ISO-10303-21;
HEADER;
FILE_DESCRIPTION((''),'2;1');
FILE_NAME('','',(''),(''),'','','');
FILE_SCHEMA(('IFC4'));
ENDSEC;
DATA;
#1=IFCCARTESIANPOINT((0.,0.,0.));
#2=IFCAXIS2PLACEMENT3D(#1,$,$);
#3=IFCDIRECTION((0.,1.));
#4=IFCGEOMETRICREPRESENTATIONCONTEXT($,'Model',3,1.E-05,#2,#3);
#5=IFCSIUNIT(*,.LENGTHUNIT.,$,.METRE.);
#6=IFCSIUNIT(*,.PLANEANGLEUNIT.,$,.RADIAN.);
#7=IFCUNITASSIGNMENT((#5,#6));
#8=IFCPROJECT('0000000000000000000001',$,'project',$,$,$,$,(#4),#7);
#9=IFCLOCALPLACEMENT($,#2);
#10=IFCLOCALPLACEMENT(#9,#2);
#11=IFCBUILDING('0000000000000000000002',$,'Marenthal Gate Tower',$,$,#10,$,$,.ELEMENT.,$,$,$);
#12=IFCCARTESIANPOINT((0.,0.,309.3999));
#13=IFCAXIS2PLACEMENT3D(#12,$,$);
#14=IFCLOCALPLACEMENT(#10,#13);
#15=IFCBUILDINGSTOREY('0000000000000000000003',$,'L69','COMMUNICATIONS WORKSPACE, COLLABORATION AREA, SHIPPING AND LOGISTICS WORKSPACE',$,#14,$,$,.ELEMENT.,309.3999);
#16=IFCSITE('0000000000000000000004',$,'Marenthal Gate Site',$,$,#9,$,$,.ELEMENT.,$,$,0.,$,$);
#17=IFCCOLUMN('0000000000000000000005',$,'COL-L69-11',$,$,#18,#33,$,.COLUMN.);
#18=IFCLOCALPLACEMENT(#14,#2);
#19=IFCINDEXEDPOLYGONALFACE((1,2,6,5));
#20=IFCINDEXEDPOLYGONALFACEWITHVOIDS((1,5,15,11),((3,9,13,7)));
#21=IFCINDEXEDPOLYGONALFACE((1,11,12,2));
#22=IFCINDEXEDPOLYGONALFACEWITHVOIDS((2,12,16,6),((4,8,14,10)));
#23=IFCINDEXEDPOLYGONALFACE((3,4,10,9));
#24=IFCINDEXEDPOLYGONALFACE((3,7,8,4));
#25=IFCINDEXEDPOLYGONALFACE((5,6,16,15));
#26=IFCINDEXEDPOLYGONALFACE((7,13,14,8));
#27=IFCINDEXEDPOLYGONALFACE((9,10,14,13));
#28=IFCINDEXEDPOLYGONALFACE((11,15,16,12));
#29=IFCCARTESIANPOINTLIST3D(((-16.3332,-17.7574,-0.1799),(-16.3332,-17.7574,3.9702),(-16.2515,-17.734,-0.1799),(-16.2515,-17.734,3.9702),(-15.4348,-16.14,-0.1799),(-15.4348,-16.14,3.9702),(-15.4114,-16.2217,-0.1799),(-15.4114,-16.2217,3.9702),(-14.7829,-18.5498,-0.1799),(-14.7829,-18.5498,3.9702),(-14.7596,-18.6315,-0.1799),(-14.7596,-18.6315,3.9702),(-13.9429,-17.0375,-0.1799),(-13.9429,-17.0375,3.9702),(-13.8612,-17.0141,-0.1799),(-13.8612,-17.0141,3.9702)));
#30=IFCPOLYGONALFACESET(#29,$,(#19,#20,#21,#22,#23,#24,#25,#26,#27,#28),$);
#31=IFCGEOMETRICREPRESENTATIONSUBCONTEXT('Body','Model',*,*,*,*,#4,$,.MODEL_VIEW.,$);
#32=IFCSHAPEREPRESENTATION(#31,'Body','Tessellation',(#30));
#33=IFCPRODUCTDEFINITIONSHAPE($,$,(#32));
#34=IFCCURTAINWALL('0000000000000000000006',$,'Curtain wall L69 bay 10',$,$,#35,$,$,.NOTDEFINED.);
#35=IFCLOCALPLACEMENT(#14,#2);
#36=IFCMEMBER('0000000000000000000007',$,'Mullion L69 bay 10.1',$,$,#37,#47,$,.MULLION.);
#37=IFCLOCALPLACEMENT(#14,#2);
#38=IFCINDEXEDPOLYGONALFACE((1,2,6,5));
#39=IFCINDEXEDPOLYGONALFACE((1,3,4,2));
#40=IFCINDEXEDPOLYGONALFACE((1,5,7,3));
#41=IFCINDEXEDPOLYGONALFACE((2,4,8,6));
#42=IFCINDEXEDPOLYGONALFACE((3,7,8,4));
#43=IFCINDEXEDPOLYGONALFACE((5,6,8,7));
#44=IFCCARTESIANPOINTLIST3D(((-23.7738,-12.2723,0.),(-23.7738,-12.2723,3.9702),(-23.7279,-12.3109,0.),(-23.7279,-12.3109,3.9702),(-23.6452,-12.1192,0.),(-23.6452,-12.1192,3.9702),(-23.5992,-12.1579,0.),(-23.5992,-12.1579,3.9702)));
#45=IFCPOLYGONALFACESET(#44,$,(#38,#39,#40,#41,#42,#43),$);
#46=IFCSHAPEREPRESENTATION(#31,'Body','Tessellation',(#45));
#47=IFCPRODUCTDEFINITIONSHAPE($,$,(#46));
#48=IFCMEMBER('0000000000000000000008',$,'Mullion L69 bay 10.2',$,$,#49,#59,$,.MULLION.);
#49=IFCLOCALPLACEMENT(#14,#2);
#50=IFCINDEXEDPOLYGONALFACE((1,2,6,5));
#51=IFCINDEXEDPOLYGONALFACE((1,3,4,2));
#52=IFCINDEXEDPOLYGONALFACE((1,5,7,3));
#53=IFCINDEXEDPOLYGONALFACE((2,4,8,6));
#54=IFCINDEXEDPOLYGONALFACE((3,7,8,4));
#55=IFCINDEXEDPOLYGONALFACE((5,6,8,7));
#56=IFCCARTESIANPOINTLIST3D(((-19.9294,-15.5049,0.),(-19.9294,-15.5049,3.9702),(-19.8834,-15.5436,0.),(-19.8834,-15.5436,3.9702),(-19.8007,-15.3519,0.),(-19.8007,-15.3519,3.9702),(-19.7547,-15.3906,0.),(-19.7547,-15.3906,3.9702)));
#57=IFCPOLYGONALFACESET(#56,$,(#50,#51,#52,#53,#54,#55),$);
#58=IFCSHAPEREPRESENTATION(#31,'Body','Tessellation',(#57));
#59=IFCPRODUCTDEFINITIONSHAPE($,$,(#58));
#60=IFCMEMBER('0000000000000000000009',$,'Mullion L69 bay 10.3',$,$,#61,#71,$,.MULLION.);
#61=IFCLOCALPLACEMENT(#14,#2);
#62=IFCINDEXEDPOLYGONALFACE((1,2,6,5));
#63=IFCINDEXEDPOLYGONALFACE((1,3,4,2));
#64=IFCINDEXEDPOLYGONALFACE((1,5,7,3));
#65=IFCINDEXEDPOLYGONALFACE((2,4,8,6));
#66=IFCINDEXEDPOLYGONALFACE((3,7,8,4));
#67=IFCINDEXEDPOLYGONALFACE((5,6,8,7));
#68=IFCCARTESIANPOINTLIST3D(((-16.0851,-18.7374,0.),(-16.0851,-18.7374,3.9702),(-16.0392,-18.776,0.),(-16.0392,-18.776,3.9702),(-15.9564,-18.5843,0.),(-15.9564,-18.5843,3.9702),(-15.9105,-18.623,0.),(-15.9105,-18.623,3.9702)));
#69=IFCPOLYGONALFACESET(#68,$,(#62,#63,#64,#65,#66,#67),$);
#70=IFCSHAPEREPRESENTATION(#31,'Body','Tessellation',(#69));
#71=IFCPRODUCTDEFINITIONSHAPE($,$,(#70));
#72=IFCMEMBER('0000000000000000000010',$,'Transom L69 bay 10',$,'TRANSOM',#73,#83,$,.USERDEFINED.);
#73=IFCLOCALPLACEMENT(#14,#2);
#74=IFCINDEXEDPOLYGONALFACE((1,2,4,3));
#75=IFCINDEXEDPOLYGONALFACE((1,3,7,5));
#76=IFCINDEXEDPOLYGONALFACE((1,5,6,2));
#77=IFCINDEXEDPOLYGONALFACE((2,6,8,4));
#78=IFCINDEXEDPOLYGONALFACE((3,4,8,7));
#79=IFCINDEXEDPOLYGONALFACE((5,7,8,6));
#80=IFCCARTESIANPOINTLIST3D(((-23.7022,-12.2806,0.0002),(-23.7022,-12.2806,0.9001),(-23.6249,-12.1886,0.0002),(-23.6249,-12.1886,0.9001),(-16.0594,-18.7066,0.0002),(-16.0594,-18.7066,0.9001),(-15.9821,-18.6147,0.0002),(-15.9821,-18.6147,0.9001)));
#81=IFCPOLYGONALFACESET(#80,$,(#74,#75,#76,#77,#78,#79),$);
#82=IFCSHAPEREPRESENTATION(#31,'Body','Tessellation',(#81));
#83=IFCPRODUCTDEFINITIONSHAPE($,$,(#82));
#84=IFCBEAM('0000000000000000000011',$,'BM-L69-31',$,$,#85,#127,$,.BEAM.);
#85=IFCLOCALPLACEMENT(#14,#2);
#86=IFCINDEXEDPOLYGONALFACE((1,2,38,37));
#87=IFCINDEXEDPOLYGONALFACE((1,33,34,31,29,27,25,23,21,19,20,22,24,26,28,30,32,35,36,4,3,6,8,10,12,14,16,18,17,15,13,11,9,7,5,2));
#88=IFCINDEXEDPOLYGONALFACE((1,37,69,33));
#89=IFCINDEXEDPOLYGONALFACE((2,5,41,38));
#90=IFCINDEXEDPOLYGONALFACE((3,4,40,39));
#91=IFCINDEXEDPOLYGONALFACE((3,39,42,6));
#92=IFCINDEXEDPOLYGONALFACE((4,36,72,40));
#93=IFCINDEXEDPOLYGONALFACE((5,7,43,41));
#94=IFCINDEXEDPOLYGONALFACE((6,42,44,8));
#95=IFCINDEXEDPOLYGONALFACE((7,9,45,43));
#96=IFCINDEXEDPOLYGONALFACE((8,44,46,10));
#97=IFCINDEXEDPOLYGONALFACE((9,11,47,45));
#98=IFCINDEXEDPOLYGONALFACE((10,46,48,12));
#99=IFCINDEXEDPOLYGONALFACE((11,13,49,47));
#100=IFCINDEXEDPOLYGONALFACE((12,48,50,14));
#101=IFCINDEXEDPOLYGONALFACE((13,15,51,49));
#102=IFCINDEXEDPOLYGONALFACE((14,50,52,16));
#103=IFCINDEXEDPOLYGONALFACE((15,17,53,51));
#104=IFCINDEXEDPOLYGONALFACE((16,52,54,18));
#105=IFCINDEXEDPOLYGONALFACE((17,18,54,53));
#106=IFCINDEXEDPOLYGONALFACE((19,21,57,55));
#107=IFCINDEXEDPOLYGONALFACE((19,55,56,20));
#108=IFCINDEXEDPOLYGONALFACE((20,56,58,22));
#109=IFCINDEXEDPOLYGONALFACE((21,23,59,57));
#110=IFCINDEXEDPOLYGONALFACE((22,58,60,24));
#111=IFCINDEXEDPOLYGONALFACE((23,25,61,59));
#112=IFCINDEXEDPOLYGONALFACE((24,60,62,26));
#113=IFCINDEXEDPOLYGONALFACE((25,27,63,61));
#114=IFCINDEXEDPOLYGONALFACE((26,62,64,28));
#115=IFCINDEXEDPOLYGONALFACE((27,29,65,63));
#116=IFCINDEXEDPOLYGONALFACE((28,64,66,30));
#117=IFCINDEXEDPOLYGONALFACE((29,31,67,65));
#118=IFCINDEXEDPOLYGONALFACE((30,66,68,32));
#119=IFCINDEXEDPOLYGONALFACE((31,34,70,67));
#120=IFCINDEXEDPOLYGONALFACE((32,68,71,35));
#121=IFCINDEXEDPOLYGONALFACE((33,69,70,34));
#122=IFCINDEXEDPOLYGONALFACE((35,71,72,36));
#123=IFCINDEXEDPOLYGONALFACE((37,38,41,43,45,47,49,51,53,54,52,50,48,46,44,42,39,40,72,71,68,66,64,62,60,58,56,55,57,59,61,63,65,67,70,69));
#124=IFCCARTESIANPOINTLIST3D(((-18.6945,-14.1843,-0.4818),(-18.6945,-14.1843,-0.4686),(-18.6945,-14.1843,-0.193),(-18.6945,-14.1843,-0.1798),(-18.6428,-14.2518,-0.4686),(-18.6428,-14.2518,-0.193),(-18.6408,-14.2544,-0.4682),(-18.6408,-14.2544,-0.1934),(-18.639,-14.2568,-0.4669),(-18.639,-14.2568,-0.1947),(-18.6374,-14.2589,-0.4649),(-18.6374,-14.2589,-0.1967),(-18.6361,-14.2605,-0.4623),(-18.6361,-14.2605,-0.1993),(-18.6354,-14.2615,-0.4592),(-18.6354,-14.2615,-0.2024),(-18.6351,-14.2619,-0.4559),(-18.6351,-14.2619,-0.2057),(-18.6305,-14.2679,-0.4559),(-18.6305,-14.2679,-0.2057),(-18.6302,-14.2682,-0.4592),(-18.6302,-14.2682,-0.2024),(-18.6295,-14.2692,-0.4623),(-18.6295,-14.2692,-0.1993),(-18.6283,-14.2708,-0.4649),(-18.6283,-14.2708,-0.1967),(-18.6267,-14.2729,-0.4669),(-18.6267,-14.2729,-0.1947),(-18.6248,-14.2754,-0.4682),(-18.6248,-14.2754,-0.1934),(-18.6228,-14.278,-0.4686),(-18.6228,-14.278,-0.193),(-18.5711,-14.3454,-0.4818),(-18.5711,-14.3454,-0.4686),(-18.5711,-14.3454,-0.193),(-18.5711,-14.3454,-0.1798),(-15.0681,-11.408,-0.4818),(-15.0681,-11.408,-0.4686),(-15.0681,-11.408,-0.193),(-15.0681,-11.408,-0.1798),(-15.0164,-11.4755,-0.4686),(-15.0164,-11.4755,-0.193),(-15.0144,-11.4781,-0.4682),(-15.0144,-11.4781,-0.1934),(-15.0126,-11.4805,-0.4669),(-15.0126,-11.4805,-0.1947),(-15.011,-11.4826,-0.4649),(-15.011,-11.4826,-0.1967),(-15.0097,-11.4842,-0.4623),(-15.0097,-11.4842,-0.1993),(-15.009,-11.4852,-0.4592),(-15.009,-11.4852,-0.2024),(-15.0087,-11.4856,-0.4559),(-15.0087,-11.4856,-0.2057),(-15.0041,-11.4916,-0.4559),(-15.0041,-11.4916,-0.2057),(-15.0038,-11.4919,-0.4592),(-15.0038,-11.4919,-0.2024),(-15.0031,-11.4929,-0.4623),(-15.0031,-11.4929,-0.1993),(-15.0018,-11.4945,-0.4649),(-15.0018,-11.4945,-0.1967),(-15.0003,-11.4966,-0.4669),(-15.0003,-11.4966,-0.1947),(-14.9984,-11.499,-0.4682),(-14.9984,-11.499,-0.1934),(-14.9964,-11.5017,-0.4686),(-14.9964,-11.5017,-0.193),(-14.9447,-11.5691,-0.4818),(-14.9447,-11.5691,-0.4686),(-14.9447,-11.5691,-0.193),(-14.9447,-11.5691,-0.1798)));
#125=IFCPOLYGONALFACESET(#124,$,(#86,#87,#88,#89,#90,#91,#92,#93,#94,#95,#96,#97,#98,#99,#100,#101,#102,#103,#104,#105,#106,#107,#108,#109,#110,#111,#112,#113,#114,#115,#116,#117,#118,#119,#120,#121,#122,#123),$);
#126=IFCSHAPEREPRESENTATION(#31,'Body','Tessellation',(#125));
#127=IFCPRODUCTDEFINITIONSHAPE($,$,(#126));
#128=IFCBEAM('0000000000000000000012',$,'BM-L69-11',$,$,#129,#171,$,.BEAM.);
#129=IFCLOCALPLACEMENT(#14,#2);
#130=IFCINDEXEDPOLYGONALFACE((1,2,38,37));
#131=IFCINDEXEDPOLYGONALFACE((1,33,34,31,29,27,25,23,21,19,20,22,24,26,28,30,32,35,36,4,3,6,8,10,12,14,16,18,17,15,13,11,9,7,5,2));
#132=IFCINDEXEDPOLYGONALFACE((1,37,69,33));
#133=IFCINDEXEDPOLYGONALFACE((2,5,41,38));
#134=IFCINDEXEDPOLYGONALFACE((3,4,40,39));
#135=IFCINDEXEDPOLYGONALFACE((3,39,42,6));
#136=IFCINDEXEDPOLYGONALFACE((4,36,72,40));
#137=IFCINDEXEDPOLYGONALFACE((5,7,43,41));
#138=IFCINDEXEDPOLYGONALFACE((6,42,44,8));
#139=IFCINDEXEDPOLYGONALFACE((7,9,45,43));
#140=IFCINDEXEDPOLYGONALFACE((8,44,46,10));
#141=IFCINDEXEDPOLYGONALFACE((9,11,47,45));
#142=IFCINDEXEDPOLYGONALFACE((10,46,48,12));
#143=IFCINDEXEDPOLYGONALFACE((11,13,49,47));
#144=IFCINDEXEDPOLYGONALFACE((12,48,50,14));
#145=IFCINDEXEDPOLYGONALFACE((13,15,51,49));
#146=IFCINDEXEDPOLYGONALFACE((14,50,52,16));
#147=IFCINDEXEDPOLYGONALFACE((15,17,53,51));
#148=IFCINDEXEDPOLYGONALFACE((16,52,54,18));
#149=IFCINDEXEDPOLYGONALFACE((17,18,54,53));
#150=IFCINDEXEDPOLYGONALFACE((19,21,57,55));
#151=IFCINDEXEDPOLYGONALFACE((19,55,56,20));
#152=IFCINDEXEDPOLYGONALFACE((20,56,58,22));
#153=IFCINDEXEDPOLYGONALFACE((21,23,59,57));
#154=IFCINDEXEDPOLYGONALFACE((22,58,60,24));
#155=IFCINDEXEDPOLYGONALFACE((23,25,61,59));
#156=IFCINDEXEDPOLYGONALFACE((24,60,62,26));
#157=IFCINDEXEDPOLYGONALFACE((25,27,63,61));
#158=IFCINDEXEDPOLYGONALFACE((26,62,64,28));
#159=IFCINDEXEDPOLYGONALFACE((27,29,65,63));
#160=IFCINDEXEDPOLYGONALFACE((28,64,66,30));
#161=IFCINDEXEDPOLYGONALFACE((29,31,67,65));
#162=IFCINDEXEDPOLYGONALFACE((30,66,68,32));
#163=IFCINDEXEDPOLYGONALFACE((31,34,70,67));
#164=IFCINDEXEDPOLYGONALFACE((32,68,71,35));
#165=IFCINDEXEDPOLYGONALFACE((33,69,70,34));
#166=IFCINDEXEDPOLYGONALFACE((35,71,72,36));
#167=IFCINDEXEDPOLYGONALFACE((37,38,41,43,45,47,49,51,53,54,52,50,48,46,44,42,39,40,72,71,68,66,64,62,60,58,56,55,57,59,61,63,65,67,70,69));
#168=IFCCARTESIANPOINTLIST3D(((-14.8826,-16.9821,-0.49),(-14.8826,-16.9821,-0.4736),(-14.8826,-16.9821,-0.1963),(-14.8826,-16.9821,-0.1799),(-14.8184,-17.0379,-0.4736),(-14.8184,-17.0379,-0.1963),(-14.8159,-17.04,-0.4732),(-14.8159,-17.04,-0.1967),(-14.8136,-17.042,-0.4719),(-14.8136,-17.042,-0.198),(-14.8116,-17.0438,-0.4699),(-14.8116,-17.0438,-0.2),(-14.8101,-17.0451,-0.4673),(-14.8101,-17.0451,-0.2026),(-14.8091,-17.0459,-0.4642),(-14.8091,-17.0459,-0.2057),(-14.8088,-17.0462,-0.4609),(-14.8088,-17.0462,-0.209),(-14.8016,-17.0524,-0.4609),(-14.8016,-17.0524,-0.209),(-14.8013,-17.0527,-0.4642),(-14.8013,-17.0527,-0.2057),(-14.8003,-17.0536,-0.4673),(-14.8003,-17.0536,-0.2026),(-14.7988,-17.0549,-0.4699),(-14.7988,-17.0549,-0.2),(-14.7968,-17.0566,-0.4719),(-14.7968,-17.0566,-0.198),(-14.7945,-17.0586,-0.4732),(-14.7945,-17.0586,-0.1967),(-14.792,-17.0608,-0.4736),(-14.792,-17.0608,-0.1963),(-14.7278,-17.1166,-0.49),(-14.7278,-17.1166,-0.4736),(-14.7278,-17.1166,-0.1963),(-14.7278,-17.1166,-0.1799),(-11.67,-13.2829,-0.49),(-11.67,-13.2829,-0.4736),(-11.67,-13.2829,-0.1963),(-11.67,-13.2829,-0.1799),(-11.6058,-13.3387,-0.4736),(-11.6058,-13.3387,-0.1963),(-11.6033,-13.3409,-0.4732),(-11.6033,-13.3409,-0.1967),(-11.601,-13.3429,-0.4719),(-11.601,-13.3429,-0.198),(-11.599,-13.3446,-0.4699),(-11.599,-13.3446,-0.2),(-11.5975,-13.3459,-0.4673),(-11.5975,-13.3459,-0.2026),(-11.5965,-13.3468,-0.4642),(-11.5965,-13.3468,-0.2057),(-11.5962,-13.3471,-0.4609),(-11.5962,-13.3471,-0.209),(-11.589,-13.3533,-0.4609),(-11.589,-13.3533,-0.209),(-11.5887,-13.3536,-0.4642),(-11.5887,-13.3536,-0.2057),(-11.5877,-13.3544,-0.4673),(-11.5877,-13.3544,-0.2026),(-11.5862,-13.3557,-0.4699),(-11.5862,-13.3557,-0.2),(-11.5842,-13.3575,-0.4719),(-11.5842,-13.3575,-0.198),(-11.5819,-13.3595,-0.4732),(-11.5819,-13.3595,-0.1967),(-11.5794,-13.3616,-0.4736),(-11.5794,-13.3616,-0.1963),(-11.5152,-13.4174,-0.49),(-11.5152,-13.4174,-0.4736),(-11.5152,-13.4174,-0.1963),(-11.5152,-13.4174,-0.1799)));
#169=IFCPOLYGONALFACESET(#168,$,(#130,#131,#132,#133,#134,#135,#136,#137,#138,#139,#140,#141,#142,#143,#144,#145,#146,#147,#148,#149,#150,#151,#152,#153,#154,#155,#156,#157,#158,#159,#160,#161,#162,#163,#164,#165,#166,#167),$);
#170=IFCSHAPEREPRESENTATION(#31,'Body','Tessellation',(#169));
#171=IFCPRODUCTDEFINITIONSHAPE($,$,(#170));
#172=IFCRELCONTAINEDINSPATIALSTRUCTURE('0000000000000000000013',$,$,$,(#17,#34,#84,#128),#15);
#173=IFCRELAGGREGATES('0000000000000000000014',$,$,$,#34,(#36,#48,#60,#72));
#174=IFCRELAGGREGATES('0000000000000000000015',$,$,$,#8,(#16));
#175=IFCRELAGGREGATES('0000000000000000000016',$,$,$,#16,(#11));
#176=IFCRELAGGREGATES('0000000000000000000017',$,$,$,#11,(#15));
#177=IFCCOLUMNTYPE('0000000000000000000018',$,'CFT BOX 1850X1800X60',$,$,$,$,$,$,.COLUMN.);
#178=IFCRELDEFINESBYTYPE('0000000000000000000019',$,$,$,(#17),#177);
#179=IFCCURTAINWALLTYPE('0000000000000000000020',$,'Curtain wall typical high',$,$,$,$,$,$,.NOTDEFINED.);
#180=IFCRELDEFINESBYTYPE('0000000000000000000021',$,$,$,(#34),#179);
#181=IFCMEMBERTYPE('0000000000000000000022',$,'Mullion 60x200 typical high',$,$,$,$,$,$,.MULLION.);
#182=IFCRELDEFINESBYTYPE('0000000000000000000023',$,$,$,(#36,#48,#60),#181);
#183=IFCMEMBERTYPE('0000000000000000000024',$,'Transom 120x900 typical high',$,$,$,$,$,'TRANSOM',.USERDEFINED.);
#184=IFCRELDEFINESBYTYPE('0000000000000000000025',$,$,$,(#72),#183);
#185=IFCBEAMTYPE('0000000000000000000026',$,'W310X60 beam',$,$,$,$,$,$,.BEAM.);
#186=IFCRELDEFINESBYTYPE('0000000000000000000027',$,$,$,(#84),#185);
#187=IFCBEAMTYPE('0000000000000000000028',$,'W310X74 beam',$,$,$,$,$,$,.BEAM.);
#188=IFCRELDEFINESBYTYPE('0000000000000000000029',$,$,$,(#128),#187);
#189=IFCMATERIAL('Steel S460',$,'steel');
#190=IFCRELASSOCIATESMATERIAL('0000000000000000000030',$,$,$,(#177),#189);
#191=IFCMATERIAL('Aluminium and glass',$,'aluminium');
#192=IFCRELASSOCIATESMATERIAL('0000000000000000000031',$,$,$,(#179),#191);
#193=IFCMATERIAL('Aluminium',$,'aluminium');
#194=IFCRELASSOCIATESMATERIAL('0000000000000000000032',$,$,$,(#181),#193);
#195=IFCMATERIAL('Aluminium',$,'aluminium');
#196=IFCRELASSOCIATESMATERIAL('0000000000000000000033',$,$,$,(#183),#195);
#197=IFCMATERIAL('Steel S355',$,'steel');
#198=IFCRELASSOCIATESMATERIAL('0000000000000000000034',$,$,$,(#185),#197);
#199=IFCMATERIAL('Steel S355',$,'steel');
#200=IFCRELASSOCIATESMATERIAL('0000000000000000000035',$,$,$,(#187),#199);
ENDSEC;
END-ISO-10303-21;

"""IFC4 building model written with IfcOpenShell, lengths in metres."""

from ifc_helpers import new_model, si_unit, direction, frame, origin, origin_2d, place, context, subcontext, project, spatial, rectangle, hollow_rectangle, i_section, extrude, material, material_profile, profile_set, type_object, element, aggregate, save


model = new_model("IFC4")

# Units and contexts
model_context = context("Model", 3, precision=1e-05, world=origin(), true_north=direction((0.0, 1.0)))
body_context = subcontext(model_context, "Body", "Model", "MODEL_VIEW")
ifc_project = project(units=[si_unit("LENGTHUNIT", "METRE"), si_unit("PLANEANGLEUNIT", "RADIAN")], contexts=[model_context])

# Site, building, storey
site_placement = place(None, origin())
site = spatial("IfcSite", under=ifc_project, at=site_placement, Name="Marenthal Gate Site", CompositionType="ELEMENT", RefElevation=0.0)
building_placement = place(site_placement, origin())
building = spatial("IfcBuilding", under=site, at=building_placement, Name="Marenthal Gate Tower", CompositionType="ELEMENT")
storey_placement = place(building_placement, frame((0.0, 0.0, 309.3999)))
storey = spatial("IfcBuildingStorey", under=building, at=storey_placement, Name="L69", Description="COMMUNICATIONS WORKSPACE, COLLABORATION AREA, SHIPPING AND LOGISTICS WORKSPACE", CompositionType="ELEMENT", Elevation=309.3999)

# Column
ifc_material_1 = material(Name="Steel S460", Category="steel")
ifc_material_profile_1 = material_profile(ifc_material_1, hollow_rectangle(XDim=1.8, YDim=1.8501, WallThickness=0.0601, at=origin_2d()), Name="CFT BOX 1850X1800X60")
ifc_material_2 = material(Name="Concrete 70 MPa", Category="concrete")
ifc_material_profile_2 = material_profile(ifc_material_2, rectangle(XDim=1.6799, YDim=1.73, at=origin_2d()), Name="CFT BOX 1850X1800X60 INFILL")
ifc_profile_set_1 = profile_set([ifc_material_profile_1, ifc_material_profile_2], Name="Steel S460 shell, Concrete 70 MPa infill")
column_type = type_object("IfcColumnType", Name="CFT BOX 1850X1800X60", PredefinedType="COLUMN", material=ifc_profile_set_1)
column_placement = place(storey_placement, frame((-15.0972, -17.3857, -0.1799), z_axis=(0.0, 0.0, 1.0), x_axis=(-0.874186, 0.485591, 0.0)))
element("IfcColumn", 1, at=column_placement, inside=storey, type_object=column_type, Name="COL-L69-11", PredefinedType="COLUMN", context=body_context, shape_type="SweptSolid", body=[
    extrude(hollow_rectangle(XDim=1.8, YDim=1.8501, WallThickness=0.0601, at=origin_2d()), origin(), (0.0, 0.0, 1.0), 4.1501),
])

# Curtain wall, members
ifc_material_3 = material(Name="Aluminium and glass", Category="aluminium")
curtain_wall_type = type_object("IfcCurtainWallType", Name="Curtain wall typical high", PredefinedType="NOTDEFINED", material=ifc_material_3)
curtain_wall_placement = place(storey_placement, origin())
curtain_wall = element("IfcCurtainWall", 2, at=curtain_wall_placement, inside=storey, type_object=curtain_wall_type, Name="Curtain wall L69 bay 10", PredefinedType="NOTDEFINED")
ifc_material_4 = material(Name="Aluminium", Category="aluminium")
ifc_material_profile_3 = material_profile(ifc_material_4, rectangle(XDim=0.2, YDim=0.0601, at=origin_2d()), Name="60x200 aluminium mullion")
ifc_profile_set_2 = profile_set([ifc_material_profile_3], Name="Aluminium")
member_type_1 = type_object("IfcMemberType", Name="Mullion 60x200 typical high", PredefinedType="MULLION", material=ifc_profile_set_2)
member_1_placement = place(storey_placement, frame((-23.6865, -12.2151, 0.0), z_axis=(0.0, 0.0, 1.0), x_axis=(0.64357, 0.765387, 0.0)))
member_1 = element("IfcMember", 3, at=member_1_placement, type_object=member_type_1, Name="Mullion L69 bay 10.1", PredefinedType="MULLION", context=body_context, shape_type="SweptSolid", body=[
    extrude(rectangle(XDim=0.2, YDim=0.0601, at=origin_2d()), origin(), (0.0, 0.0, 1.0), 3.9702),
])
member_2_placement = place(storey_placement, frame((-19.842, -15.4478, 0.0), z_axis=(0.0, 0.0, 1.0), x_axis=(0.64357, 0.765387, 0.0)))
member_2 = element("IfcMember", 4, at=member_2_placement, type_object=member_type_1, Name="Mullion L69 bay 10.2", PredefinedType="MULLION", context=body_context, shape_type="SweptSolid", body=[
    extrude(rectangle(XDim=0.2, YDim=0.0601, at=origin_2d()), origin(), (0.0, 0.0, 1.0), 3.9702),
])
member_3_placement = place(storey_placement, frame((-15.9978, -18.6802, 0.0), z_axis=(0.0, 0.0, 1.0), x_axis=(0.64357, 0.765387, 0.0)))
member_3 = element("IfcMember", 5, at=member_3_placement, type_object=member_type_1, Name="Mullion L69 bay 10.3", PredefinedType="MULLION", context=body_context, shape_type="SweptSolid", body=[
    extrude(rectangle(XDim=0.2, YDim=0.0601, at=origin_2d()), origin(), (0.0, 0.0, 1.0), 3.9702),
])
ifc_material_5 = material(Name="Aluminium", Category="aluminium")
ifc_material_profile_4 = material_profile(ifc_material_5, rectangle(XDim=0.1201, YDim=0.8999, at=origin_2d()), Name="120x900 aluminium transom")
ifc_profile_set_3 = profile_set([ifc_material_profile_4], Name="Aluminium")
member_type_2 = type_object("IfcMemberType", Name="Transom 120x900 typical high", ElementType="TRANSOM", PredefinedType="USERDEFINED", material=ifc_profile_set_3)
member_4_placement = place(storey_placement, frame((-23.6636, -12.2346, 0.4502), z_axis=(0.765406, -0.643548, 0.0), x_axis=(0.643548, 0.765406, 0.0)))
member_4 = element("IfcMember", 6, at=member_4_placement, type_object=member_type_2, Name="Transom L69 bay 10", ObjectType="TRANSOM", PredefinedType="USERDEFINED", context=body_context, shape_type="SweptSolid", body=[
    extrude(rectangle(XDim=0.1201, YDim=0.8999, at=origin_2d()), origin(), (0.0, 0.0, 1.0), 9.9854),
])

# Beams
ifc_material_6 = material(Name="Steel S355", Category="steel")
ifc_material_profile_5 = material_profile(ifc_material_6, i_section(OverallWidth=0.2029, OverallDepth=0.302, WebThickness=0.0076, FlangeThickness=0.0132, FilletRadius=0.0127, at=origin_2d()), Name="W310X60")
ifc_profile_set_4 = profile_set([ifc_material_profile_5], Name="Steel S355")
beam_type_1 = type_object("IfcBeamType", Name="W310X60 beam", PredefinedType="BEAM", material=ifc_profile_set_4)
beam_1_placement = place(storey_placement, frame((-18.6328, -14.2649, -0.3308), z_axis=(0.794021, 0.60789, 0.0), x_axis=(-0.60789, 0.794021, 0.0)))
element("IfcBeam", 7, at=beam_1_placement, inside=storey, type_object=beam_type_1, Name="BM-L69-31", PredefinedType="BEAM", context=body_context, shape_type="SweptSolid", body=[
    extrude(i_section(OverallWidth=0.2029, OverallDepth=0.302, WebThickness=0.0076, FlangeThickness=0.0132, FilletRadius=0.0127, at=origin_2d()), origin(), (0.0, 0.0, 1.0), 4.5671),
])
ifc_material_7 = material(Name="Steel S355", Category="steel")
ifc_material_profile_6 = material_profile(ifc_material_7, i_section(OverallWidth=0.2051, OverallDepth=0.3101, WebThickness=0.0095, FlangeThickness=0.0164, FilletRadius=0.0127, at=origin_2d()), Name="W310X74")
ifc_profile_set_5 = profile_set([ifc_material_profile_6], Name="Steel S355")
beam_type_2 = type_object("IfcBeamType", Name="W310X74 beam", PredefinedType="BEAM", material=ifc_profile_set_5)
beam_2_placement = place(storey_placement, frame((-14.8052, -17.0493, -0.335), z_axis=(0.655706, 0.755016, 0.0), x_axis=(-0.755016, 0.655706, 0.0)))
element("IfcBeam", 8, at=beam_2_placement, inside=storey, type_object=beam_type_2, Name="BM-L69-11", PredefinedType="BEAM", context=body_context, shape_type="SweptSolid", body=[
    extrude(i_section(OverallWidth=0.2051, OverallDepth=0.3101, WebThickness=0.0095, FlangeThickness=0.0164, FilletRadius=0.0127, at=origin_2d()), origin(), (0.0, 0.0, 1.0), 4.8994),
])

aggregate(curtain_wall, [member_1, member_2, member_3, member_4])

save(model, "model.ifc")
